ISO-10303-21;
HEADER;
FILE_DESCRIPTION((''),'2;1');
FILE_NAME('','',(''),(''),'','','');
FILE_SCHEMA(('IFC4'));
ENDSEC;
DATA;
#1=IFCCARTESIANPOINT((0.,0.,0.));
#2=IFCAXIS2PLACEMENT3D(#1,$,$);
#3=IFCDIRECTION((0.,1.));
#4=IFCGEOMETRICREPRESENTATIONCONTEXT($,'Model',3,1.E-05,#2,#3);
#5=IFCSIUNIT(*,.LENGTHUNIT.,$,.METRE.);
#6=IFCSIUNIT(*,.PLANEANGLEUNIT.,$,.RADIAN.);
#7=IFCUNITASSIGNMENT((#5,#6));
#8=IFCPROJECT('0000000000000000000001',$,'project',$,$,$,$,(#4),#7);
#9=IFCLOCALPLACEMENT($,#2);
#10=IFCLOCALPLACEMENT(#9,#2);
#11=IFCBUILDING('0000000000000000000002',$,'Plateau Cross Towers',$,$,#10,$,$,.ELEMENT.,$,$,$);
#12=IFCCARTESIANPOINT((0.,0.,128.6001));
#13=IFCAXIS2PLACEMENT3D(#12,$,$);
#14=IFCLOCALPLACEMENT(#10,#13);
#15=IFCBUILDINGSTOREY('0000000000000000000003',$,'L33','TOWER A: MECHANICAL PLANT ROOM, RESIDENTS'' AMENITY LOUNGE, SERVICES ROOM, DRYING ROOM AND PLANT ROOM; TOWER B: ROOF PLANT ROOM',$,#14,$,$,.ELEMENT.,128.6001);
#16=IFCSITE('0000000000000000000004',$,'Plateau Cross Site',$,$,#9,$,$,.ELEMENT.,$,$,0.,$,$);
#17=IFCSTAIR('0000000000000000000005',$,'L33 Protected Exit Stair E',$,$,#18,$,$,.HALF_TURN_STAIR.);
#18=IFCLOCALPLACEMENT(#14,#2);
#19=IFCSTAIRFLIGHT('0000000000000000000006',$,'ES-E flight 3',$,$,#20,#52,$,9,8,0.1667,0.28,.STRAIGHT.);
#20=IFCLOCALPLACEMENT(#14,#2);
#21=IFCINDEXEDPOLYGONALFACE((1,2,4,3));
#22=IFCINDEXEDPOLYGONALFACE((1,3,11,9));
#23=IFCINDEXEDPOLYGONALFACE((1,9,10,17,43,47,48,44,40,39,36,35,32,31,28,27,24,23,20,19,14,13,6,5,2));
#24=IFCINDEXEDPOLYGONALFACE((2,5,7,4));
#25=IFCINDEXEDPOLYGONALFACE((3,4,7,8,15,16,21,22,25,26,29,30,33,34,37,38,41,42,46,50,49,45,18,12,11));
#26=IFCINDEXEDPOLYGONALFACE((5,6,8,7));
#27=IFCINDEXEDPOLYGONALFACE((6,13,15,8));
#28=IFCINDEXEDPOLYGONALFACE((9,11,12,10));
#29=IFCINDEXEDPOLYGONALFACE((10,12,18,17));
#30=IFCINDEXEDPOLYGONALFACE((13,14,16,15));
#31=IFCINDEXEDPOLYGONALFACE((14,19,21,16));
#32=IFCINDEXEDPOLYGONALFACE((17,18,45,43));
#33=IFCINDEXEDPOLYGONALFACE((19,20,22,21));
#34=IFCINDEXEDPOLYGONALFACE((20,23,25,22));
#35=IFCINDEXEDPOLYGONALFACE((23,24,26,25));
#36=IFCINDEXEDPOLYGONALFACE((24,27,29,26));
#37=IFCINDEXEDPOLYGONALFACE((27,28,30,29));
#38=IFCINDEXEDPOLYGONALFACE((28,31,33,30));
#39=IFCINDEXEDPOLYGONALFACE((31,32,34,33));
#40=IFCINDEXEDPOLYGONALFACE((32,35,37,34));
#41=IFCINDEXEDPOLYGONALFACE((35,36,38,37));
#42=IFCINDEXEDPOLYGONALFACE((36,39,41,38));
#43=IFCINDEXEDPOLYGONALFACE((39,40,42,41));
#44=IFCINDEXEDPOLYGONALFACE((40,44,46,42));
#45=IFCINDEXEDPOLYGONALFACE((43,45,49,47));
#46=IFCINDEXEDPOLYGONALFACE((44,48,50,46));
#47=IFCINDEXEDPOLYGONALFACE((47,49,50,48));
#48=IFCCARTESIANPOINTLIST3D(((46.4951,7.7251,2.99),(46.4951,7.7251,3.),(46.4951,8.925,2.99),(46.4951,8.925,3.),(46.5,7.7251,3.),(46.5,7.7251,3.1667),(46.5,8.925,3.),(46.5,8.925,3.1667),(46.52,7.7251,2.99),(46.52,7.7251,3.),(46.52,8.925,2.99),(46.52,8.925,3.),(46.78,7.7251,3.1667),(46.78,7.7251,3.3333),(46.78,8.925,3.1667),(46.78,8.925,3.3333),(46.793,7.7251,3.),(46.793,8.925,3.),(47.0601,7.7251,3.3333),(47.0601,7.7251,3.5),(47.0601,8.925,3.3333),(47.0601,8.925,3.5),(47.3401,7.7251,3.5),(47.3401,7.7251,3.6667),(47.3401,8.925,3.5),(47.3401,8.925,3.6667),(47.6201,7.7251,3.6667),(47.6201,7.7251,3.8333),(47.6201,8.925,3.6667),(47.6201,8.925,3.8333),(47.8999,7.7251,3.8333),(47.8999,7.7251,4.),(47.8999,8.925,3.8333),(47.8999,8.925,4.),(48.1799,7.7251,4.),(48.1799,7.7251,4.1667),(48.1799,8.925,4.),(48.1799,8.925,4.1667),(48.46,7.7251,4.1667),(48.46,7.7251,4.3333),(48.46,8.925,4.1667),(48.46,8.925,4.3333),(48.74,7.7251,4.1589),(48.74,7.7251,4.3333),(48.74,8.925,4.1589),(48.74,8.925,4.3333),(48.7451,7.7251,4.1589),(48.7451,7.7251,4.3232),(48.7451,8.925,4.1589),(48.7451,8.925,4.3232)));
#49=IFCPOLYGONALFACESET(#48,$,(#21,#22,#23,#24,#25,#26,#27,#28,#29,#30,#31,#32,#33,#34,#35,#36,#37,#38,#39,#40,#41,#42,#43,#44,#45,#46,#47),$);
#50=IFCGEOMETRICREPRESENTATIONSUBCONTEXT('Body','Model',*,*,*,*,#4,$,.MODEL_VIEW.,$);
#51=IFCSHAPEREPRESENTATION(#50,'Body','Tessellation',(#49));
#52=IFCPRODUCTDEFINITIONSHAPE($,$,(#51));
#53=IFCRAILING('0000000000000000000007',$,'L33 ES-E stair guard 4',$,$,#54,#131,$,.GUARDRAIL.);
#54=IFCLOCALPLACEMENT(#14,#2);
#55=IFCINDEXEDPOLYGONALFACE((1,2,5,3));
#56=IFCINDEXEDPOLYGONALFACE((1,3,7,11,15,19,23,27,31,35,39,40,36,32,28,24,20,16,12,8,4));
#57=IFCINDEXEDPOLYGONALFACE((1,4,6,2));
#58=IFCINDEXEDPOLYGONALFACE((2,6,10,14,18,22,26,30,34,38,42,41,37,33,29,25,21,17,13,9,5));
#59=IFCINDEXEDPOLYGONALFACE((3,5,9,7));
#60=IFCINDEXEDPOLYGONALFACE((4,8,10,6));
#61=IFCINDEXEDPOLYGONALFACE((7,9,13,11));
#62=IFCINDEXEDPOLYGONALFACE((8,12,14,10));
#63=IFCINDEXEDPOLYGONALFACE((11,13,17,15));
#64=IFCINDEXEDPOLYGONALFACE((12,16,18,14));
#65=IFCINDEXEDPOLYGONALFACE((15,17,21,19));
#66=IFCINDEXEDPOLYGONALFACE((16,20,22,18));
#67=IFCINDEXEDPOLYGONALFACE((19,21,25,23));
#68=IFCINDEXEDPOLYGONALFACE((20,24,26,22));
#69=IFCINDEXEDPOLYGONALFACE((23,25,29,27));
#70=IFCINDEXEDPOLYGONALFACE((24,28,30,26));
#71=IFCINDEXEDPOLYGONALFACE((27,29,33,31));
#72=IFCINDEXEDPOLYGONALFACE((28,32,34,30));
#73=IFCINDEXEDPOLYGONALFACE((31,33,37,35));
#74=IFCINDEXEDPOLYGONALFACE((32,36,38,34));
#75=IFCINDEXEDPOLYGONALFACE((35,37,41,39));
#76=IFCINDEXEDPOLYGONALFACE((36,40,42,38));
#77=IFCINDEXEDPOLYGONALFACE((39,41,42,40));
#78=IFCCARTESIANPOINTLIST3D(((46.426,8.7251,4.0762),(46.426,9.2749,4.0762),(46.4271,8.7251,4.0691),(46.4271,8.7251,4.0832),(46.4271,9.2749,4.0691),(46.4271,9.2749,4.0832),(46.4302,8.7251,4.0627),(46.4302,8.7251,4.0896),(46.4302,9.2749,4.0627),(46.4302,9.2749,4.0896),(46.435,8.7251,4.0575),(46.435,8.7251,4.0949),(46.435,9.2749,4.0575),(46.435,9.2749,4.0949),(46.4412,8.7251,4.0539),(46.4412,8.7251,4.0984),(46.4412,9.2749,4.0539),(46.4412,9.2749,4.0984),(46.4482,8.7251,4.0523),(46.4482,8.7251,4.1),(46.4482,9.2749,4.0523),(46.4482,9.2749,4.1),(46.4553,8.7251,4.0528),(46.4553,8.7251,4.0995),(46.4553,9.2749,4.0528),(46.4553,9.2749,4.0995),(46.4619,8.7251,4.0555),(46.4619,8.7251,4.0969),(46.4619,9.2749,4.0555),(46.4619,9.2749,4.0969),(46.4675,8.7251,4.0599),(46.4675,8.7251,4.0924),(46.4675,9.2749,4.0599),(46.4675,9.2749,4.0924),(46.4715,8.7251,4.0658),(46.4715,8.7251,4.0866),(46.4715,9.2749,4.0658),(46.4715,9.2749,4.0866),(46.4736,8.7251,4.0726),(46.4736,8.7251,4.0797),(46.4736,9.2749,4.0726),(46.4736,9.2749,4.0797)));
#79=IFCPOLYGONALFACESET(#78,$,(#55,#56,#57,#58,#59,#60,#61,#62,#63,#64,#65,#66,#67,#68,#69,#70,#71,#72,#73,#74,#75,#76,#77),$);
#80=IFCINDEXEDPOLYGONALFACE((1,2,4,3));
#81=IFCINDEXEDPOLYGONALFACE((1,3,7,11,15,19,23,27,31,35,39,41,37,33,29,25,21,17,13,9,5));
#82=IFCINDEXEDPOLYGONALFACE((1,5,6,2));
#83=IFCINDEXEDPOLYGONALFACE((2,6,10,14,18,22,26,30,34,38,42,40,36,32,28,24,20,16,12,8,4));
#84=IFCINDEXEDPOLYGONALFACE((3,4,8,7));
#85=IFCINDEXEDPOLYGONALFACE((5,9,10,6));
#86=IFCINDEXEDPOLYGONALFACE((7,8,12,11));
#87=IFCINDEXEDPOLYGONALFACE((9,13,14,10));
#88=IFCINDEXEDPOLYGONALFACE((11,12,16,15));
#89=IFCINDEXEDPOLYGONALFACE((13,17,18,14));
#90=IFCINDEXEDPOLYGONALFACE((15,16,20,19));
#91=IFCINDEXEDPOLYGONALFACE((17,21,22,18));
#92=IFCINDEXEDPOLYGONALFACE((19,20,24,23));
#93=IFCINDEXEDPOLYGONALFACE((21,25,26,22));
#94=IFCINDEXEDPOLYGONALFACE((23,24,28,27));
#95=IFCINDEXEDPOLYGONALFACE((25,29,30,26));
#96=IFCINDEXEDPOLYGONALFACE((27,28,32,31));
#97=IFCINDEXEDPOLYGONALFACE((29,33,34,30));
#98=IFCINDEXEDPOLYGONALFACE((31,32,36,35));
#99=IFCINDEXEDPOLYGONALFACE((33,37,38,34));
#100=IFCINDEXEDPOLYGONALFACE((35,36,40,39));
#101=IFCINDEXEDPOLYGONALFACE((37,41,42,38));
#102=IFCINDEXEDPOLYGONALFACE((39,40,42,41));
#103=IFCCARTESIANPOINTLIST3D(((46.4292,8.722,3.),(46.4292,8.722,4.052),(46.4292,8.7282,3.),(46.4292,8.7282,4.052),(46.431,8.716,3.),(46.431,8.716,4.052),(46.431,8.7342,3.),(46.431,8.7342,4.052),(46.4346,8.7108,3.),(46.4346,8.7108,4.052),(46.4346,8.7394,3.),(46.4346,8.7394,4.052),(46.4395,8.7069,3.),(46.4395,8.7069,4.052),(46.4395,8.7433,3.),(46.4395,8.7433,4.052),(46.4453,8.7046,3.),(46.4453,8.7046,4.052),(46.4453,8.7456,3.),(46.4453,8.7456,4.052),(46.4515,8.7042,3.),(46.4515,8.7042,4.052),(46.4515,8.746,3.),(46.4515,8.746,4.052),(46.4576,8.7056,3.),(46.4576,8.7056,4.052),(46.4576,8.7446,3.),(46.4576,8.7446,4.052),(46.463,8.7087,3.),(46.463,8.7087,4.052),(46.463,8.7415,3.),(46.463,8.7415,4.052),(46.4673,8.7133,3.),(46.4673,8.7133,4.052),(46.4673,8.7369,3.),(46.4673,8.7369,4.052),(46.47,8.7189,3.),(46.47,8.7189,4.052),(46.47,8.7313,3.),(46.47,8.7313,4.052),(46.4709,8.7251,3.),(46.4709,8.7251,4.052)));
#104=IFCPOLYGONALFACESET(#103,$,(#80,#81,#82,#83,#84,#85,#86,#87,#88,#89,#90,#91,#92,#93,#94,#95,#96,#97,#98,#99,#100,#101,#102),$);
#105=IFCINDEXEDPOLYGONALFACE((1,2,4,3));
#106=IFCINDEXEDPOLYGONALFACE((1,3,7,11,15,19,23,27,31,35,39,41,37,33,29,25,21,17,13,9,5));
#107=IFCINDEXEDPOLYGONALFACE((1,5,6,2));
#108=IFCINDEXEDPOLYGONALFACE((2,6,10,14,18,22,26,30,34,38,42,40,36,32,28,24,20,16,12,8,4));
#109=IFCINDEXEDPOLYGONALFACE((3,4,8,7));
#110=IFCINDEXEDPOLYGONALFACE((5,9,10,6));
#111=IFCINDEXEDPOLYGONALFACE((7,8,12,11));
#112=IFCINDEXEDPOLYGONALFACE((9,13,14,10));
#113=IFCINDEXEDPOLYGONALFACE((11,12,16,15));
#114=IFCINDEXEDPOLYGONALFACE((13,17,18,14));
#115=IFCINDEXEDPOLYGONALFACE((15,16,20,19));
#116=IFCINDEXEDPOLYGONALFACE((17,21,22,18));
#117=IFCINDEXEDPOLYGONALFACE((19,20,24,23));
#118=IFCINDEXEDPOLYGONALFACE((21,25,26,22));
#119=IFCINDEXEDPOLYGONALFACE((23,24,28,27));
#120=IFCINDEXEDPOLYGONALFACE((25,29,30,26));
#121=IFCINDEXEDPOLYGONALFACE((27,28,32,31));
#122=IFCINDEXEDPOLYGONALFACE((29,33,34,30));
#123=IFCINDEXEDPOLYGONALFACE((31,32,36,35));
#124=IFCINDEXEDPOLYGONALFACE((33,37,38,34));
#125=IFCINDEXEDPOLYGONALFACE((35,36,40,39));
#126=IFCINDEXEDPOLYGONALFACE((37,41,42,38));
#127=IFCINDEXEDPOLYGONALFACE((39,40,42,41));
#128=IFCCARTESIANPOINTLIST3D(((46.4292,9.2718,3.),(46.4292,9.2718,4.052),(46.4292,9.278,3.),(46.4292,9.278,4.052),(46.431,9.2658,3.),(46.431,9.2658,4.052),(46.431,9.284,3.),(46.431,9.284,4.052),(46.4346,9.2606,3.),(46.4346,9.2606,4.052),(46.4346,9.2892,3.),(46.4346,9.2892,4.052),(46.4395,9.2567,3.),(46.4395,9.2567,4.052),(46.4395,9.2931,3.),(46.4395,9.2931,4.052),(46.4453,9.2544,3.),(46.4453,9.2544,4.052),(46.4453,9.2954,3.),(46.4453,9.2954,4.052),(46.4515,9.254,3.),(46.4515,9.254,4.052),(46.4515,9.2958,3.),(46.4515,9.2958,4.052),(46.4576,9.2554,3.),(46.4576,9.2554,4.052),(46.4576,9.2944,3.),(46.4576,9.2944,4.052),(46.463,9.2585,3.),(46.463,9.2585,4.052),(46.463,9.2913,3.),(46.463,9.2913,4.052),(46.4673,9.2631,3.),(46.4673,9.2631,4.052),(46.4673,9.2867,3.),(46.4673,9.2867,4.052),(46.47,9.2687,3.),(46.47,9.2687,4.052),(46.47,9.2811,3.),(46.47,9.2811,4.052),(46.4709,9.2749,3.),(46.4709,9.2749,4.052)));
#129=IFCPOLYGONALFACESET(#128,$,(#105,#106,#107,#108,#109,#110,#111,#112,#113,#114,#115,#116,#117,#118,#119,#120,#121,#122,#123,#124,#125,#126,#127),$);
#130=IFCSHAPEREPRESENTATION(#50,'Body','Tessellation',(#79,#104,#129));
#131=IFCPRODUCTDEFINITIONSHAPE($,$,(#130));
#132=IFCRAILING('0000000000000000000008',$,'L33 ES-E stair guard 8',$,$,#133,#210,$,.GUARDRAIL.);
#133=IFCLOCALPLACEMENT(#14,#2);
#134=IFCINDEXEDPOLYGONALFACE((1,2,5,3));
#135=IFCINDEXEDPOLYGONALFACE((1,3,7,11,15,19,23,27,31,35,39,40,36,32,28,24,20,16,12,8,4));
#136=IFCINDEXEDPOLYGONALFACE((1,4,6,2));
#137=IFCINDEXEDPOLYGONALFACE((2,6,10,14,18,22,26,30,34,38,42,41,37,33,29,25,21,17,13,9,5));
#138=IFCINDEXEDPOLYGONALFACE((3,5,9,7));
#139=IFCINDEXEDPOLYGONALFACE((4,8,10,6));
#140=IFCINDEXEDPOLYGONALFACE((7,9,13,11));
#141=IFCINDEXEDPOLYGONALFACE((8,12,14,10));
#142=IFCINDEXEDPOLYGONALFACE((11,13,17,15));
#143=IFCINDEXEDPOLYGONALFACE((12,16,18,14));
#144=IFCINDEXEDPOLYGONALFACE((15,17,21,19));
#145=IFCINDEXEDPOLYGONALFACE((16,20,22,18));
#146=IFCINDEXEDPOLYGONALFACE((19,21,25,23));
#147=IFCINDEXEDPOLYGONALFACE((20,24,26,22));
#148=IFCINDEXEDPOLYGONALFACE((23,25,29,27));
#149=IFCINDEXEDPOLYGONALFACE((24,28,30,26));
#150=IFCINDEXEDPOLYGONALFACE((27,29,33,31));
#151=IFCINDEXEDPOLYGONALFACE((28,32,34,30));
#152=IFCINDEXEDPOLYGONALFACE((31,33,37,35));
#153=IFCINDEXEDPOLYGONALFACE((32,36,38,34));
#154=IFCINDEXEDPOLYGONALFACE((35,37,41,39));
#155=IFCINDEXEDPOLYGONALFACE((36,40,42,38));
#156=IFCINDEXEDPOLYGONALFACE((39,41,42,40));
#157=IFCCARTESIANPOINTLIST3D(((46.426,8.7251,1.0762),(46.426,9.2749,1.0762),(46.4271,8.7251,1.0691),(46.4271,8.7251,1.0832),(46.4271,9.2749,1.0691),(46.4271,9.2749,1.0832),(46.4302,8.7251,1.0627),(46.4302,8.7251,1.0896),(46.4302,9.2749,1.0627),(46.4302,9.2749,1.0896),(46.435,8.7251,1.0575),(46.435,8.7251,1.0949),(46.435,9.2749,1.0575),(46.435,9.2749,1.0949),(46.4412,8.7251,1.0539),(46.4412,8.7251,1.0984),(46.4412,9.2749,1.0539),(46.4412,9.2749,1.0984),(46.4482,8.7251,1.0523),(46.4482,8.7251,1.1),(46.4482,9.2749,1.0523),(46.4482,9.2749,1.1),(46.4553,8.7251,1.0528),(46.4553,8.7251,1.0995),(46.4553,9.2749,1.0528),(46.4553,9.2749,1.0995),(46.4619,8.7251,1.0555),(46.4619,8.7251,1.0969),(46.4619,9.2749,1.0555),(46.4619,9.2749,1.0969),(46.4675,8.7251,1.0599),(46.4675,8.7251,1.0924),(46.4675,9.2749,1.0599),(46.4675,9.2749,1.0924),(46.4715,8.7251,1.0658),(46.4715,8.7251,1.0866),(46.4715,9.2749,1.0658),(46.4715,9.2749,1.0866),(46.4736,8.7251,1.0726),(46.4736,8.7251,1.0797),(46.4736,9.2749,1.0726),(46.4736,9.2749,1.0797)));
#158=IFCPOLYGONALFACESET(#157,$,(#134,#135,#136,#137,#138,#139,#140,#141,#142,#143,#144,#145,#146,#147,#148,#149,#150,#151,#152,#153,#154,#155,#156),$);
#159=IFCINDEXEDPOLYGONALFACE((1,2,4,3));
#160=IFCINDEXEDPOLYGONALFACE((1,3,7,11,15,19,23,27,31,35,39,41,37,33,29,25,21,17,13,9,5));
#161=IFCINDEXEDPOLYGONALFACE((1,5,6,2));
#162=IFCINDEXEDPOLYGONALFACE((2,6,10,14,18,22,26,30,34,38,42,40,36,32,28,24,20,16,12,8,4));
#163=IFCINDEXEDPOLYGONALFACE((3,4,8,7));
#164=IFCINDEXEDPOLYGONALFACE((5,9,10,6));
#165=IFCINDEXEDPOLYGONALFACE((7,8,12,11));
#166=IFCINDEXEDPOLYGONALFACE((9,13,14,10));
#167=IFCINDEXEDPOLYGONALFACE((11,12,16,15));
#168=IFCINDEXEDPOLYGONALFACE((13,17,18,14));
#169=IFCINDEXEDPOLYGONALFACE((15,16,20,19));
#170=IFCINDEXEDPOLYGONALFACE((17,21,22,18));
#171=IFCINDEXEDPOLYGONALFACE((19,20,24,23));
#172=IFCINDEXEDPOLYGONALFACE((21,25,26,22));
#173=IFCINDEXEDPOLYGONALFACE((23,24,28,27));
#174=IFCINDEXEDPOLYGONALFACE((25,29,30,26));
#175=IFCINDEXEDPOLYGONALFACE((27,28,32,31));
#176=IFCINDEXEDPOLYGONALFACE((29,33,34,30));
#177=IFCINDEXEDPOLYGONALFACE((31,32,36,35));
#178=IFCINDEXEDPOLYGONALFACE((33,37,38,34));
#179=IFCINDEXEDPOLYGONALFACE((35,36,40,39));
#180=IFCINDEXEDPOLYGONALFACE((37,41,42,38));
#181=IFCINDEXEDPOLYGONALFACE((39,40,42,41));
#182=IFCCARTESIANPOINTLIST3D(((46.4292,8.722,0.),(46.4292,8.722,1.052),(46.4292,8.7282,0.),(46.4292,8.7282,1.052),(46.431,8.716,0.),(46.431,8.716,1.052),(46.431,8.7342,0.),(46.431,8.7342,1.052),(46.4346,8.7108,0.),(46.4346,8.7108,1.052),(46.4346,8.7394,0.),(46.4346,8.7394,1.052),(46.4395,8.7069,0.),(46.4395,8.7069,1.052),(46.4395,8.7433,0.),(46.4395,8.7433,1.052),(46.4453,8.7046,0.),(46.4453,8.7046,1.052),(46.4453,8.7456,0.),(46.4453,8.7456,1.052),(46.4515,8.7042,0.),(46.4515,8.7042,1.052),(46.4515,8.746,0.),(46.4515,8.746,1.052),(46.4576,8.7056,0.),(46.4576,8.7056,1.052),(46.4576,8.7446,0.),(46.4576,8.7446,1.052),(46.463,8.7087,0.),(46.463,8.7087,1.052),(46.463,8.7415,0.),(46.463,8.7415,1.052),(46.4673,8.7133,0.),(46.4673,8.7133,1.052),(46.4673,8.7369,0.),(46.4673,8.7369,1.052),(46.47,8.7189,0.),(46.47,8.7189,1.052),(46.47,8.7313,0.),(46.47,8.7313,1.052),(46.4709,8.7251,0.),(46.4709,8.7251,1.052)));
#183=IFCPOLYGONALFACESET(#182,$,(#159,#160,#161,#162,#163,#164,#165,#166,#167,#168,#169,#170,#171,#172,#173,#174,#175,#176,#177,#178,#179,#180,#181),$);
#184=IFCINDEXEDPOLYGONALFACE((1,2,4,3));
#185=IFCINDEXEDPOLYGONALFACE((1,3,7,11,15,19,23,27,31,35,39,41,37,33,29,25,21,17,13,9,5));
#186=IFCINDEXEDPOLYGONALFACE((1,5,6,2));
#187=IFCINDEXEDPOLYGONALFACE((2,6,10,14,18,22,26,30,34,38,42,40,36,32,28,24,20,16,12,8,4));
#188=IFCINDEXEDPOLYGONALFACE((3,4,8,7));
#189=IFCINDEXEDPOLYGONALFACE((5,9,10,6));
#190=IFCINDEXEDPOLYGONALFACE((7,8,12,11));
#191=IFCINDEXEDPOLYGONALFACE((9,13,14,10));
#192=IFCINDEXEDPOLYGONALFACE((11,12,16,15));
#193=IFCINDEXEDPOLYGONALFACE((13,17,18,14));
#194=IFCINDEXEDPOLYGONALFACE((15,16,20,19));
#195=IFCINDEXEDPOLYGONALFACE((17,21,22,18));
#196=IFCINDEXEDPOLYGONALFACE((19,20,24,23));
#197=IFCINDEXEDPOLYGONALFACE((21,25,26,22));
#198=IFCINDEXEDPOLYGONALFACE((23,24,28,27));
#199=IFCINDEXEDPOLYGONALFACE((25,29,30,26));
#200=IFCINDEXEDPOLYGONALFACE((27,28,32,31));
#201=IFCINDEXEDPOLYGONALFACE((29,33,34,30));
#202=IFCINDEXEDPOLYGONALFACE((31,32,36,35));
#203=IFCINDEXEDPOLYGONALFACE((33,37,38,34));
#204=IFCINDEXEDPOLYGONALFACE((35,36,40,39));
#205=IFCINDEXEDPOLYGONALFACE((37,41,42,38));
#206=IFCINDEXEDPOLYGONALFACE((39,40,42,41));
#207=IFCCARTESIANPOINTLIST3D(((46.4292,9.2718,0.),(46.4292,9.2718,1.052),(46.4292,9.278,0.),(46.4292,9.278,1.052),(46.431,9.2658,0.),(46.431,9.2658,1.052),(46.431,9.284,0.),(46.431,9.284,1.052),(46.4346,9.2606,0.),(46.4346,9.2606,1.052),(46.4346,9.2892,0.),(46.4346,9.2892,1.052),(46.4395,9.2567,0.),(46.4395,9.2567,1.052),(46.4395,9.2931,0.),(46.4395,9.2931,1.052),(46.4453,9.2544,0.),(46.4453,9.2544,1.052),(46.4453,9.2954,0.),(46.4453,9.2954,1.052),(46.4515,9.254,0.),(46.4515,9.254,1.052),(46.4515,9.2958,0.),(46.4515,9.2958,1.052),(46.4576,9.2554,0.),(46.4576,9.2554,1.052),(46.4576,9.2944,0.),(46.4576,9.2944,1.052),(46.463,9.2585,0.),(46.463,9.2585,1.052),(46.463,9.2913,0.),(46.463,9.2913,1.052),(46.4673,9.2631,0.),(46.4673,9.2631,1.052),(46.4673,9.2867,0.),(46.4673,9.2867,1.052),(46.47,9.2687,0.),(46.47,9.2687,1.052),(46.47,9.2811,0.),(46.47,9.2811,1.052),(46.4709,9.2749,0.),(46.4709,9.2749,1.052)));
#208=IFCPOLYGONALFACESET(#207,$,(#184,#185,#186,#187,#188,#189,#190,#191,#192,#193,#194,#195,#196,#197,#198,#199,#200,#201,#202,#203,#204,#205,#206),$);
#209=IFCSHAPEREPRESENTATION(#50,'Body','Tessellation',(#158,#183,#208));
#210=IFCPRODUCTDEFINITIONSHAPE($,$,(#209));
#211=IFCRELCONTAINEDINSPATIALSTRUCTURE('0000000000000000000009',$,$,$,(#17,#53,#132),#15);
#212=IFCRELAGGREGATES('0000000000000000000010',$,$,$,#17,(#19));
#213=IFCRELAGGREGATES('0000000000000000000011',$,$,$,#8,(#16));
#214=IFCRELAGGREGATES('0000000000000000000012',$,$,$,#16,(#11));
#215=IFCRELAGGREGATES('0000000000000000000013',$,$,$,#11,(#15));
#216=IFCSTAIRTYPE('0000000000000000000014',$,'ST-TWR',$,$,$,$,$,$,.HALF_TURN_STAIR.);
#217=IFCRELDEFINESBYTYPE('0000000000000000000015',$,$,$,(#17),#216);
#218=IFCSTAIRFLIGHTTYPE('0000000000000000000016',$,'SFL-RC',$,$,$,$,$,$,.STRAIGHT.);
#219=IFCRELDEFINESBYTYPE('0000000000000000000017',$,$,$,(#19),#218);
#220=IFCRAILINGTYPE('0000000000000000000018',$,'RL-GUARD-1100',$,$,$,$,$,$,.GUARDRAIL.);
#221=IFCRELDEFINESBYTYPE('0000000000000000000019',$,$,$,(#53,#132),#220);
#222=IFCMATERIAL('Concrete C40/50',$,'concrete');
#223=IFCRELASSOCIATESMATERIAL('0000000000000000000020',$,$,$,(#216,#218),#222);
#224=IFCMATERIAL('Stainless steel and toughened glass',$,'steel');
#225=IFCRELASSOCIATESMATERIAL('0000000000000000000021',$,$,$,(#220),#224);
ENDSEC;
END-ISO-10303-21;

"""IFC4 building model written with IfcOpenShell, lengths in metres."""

from ifc_helpers import new_model, si_unit, direction, frame, origin, origin_2d, place, context, subcontext, project, spatial, polyline, circle, outline, extrude, material, type_object, element, aggregate, save


model = new_model("IFC4")

# Units and contexts
model_context = context("Model", 3, precision=1e-05, world=origin(), true_north=direction((0.0, 1.0)))
body_context = subcontext(model_context, "Body", "Model", "MODEL_VIEW")
ifc_project = project(units=[si_unit("LENGTHUNIT", "METRE"), si_unit("PLANEANGLEUNIT", "RADIAN")], contexts=[model_context])

# Site, building, storey
site_placement = place(None, origin())
site = spatial("IfcSite", under=ifc_project, at=site_placement, Name="Plateau Cross Site", CompositionType="ELEMENT", RefElevation=0.0)
building_placement = place(site_placement, origin())
building = spatial("IfcBuilding", under=site, at=building_placement, Name="Plateau Cross Towers", CompositionType="ELEMENT")
storey_placement = place(building_placement, frame((0.0, 0.0, 128.6001)))
storey = spatial("IfcBuildingStorey", under=building, at=storey_placement, Name="L33", Description="TOWER A: MECHANICAL PLANT ROOM, RESIDENTS' AMENITY LOUNGE, SERVICES ROOM, DRYING ROOM AND PLANT ROOM; TOWER B: ROOF PLANT ROOM", CompositionType="ELEMENT", Elevation=128.6001)

# Stair, stair flight
ifc_material_1 = material(Name="Concrete C40/50", Category="concrete")
stair_type = type_object("IfcStairType", Name="ST-TWR", PredefinedType="HALF_TURN_STAIR", material=ifc_material_1)
stair_placement = place(storey_placement, origin())
stair = element("IfcStair", 1, at=stair_placement, inside=storey, type_object=stair_type, Name="L33 Protected Exit Stair E", PredefinedType="HALF_TURN_STAIR")
stair_flight_type = type_object("IfcStairFlightType", Name="SFL-RC", PredefinedType="STRAIGHT", material=ifc_material_1)
stair_flight_1_placement = place(storey_placement, frame((46.5, 8.325, 3.0), z_axis=(0.0, 0.0, 1.0), x_axis=(1.0, 0.0, 0.0)))
stair_flight_1 = element("IfcStairFlight", 2, at=stair_flight_1_placement, type_object=stair_flight_type, Name="ES-E flight 3", NumberOfRisers=9, NumberOfTreads=8, PredefinedType="STRAIGHT", RiserHeight=0.1667, TreadLength=0.28, context=body_context, shape_type="SweptSolid", body=[
    extrude(outline(polyline([(-0.0049, -0.01), (-0.0049, 0.0), (0.0, 0.0), (0.0, 0.1667), (0.28, 0.1667), (0.28, 0.3333), (0.5601, 0.3333), (0.5601, 0.5), (0.8401, 0.5), (0.8401, 0.6667), (1.1201, 0.6667), (1.1201, 0.8333), (1.3999, 0.8333), (1.3999, 1.0), (1.6799, 1.0), (1.6799, 1.1667), (1.96, 1.1667), (1.96, 1.3333), (2.24, 1.3333), (2.2451, 1.3232), (2.2451, 1.1589), (2.24, 1.1589), (0.293, 0.0), (0.02, 0.0), (0.02, -0.01), (-0.0049, -0.01)])), frame((0.0, 0.6001, 0.0), z_axis=(0.0, -1.0, 0.0), x_axis=(1.0, 0.0, 0.0)), (0.0, 0.0, 1.0), 1.2),
])
aggregate(stair, [stair_flight_1])

# Railings
ifc_material_2 = material(Name="Stainless steel and toughened glass", Category="steel")
railing_type_1 = type_object("IfcRailingType", Name="RL-GUARD-1100", PredefinedType="GUARDRAIL", material=ifc_material_2)
for number, where, name in (
    (3, (46.45, 8.7251, 3.0), "L33 ES-E stair guard 4"),
    (4, (46.45, 8.7251, 0.0), "L33 ES-E stair guard 8"),
):
    element("IfcRailing", number, at=place(storey_placement, frame(where)), inside=storey, type_object=railing_type_1, Name=name, PredefinedType="GUARDRAIL", context=body_context, shape_type="SweptSolid", body=[
        extrude(circle(Radius=0.0239, at=origin_2d()), frame((0.0, 0.0, 1.0762), z_axis=(0.0, 1.0, 0.0), x_axis=(-1.0, 0.0, 0.0)), (0.0, 0.0, 1.0), 0.5498),
        extrude(circle(Radius=0.021, at=origin_2d()), origin(), (0.0, 0.0, 1.0), 1.052),
        extrude(circle(Radius=0.021, at=origin_2d()), frame((0.0, 0.5498, 0.0)), (0.0, 0.0, 1.0), 1.052),
    ])

save(model, "model.ifc")
